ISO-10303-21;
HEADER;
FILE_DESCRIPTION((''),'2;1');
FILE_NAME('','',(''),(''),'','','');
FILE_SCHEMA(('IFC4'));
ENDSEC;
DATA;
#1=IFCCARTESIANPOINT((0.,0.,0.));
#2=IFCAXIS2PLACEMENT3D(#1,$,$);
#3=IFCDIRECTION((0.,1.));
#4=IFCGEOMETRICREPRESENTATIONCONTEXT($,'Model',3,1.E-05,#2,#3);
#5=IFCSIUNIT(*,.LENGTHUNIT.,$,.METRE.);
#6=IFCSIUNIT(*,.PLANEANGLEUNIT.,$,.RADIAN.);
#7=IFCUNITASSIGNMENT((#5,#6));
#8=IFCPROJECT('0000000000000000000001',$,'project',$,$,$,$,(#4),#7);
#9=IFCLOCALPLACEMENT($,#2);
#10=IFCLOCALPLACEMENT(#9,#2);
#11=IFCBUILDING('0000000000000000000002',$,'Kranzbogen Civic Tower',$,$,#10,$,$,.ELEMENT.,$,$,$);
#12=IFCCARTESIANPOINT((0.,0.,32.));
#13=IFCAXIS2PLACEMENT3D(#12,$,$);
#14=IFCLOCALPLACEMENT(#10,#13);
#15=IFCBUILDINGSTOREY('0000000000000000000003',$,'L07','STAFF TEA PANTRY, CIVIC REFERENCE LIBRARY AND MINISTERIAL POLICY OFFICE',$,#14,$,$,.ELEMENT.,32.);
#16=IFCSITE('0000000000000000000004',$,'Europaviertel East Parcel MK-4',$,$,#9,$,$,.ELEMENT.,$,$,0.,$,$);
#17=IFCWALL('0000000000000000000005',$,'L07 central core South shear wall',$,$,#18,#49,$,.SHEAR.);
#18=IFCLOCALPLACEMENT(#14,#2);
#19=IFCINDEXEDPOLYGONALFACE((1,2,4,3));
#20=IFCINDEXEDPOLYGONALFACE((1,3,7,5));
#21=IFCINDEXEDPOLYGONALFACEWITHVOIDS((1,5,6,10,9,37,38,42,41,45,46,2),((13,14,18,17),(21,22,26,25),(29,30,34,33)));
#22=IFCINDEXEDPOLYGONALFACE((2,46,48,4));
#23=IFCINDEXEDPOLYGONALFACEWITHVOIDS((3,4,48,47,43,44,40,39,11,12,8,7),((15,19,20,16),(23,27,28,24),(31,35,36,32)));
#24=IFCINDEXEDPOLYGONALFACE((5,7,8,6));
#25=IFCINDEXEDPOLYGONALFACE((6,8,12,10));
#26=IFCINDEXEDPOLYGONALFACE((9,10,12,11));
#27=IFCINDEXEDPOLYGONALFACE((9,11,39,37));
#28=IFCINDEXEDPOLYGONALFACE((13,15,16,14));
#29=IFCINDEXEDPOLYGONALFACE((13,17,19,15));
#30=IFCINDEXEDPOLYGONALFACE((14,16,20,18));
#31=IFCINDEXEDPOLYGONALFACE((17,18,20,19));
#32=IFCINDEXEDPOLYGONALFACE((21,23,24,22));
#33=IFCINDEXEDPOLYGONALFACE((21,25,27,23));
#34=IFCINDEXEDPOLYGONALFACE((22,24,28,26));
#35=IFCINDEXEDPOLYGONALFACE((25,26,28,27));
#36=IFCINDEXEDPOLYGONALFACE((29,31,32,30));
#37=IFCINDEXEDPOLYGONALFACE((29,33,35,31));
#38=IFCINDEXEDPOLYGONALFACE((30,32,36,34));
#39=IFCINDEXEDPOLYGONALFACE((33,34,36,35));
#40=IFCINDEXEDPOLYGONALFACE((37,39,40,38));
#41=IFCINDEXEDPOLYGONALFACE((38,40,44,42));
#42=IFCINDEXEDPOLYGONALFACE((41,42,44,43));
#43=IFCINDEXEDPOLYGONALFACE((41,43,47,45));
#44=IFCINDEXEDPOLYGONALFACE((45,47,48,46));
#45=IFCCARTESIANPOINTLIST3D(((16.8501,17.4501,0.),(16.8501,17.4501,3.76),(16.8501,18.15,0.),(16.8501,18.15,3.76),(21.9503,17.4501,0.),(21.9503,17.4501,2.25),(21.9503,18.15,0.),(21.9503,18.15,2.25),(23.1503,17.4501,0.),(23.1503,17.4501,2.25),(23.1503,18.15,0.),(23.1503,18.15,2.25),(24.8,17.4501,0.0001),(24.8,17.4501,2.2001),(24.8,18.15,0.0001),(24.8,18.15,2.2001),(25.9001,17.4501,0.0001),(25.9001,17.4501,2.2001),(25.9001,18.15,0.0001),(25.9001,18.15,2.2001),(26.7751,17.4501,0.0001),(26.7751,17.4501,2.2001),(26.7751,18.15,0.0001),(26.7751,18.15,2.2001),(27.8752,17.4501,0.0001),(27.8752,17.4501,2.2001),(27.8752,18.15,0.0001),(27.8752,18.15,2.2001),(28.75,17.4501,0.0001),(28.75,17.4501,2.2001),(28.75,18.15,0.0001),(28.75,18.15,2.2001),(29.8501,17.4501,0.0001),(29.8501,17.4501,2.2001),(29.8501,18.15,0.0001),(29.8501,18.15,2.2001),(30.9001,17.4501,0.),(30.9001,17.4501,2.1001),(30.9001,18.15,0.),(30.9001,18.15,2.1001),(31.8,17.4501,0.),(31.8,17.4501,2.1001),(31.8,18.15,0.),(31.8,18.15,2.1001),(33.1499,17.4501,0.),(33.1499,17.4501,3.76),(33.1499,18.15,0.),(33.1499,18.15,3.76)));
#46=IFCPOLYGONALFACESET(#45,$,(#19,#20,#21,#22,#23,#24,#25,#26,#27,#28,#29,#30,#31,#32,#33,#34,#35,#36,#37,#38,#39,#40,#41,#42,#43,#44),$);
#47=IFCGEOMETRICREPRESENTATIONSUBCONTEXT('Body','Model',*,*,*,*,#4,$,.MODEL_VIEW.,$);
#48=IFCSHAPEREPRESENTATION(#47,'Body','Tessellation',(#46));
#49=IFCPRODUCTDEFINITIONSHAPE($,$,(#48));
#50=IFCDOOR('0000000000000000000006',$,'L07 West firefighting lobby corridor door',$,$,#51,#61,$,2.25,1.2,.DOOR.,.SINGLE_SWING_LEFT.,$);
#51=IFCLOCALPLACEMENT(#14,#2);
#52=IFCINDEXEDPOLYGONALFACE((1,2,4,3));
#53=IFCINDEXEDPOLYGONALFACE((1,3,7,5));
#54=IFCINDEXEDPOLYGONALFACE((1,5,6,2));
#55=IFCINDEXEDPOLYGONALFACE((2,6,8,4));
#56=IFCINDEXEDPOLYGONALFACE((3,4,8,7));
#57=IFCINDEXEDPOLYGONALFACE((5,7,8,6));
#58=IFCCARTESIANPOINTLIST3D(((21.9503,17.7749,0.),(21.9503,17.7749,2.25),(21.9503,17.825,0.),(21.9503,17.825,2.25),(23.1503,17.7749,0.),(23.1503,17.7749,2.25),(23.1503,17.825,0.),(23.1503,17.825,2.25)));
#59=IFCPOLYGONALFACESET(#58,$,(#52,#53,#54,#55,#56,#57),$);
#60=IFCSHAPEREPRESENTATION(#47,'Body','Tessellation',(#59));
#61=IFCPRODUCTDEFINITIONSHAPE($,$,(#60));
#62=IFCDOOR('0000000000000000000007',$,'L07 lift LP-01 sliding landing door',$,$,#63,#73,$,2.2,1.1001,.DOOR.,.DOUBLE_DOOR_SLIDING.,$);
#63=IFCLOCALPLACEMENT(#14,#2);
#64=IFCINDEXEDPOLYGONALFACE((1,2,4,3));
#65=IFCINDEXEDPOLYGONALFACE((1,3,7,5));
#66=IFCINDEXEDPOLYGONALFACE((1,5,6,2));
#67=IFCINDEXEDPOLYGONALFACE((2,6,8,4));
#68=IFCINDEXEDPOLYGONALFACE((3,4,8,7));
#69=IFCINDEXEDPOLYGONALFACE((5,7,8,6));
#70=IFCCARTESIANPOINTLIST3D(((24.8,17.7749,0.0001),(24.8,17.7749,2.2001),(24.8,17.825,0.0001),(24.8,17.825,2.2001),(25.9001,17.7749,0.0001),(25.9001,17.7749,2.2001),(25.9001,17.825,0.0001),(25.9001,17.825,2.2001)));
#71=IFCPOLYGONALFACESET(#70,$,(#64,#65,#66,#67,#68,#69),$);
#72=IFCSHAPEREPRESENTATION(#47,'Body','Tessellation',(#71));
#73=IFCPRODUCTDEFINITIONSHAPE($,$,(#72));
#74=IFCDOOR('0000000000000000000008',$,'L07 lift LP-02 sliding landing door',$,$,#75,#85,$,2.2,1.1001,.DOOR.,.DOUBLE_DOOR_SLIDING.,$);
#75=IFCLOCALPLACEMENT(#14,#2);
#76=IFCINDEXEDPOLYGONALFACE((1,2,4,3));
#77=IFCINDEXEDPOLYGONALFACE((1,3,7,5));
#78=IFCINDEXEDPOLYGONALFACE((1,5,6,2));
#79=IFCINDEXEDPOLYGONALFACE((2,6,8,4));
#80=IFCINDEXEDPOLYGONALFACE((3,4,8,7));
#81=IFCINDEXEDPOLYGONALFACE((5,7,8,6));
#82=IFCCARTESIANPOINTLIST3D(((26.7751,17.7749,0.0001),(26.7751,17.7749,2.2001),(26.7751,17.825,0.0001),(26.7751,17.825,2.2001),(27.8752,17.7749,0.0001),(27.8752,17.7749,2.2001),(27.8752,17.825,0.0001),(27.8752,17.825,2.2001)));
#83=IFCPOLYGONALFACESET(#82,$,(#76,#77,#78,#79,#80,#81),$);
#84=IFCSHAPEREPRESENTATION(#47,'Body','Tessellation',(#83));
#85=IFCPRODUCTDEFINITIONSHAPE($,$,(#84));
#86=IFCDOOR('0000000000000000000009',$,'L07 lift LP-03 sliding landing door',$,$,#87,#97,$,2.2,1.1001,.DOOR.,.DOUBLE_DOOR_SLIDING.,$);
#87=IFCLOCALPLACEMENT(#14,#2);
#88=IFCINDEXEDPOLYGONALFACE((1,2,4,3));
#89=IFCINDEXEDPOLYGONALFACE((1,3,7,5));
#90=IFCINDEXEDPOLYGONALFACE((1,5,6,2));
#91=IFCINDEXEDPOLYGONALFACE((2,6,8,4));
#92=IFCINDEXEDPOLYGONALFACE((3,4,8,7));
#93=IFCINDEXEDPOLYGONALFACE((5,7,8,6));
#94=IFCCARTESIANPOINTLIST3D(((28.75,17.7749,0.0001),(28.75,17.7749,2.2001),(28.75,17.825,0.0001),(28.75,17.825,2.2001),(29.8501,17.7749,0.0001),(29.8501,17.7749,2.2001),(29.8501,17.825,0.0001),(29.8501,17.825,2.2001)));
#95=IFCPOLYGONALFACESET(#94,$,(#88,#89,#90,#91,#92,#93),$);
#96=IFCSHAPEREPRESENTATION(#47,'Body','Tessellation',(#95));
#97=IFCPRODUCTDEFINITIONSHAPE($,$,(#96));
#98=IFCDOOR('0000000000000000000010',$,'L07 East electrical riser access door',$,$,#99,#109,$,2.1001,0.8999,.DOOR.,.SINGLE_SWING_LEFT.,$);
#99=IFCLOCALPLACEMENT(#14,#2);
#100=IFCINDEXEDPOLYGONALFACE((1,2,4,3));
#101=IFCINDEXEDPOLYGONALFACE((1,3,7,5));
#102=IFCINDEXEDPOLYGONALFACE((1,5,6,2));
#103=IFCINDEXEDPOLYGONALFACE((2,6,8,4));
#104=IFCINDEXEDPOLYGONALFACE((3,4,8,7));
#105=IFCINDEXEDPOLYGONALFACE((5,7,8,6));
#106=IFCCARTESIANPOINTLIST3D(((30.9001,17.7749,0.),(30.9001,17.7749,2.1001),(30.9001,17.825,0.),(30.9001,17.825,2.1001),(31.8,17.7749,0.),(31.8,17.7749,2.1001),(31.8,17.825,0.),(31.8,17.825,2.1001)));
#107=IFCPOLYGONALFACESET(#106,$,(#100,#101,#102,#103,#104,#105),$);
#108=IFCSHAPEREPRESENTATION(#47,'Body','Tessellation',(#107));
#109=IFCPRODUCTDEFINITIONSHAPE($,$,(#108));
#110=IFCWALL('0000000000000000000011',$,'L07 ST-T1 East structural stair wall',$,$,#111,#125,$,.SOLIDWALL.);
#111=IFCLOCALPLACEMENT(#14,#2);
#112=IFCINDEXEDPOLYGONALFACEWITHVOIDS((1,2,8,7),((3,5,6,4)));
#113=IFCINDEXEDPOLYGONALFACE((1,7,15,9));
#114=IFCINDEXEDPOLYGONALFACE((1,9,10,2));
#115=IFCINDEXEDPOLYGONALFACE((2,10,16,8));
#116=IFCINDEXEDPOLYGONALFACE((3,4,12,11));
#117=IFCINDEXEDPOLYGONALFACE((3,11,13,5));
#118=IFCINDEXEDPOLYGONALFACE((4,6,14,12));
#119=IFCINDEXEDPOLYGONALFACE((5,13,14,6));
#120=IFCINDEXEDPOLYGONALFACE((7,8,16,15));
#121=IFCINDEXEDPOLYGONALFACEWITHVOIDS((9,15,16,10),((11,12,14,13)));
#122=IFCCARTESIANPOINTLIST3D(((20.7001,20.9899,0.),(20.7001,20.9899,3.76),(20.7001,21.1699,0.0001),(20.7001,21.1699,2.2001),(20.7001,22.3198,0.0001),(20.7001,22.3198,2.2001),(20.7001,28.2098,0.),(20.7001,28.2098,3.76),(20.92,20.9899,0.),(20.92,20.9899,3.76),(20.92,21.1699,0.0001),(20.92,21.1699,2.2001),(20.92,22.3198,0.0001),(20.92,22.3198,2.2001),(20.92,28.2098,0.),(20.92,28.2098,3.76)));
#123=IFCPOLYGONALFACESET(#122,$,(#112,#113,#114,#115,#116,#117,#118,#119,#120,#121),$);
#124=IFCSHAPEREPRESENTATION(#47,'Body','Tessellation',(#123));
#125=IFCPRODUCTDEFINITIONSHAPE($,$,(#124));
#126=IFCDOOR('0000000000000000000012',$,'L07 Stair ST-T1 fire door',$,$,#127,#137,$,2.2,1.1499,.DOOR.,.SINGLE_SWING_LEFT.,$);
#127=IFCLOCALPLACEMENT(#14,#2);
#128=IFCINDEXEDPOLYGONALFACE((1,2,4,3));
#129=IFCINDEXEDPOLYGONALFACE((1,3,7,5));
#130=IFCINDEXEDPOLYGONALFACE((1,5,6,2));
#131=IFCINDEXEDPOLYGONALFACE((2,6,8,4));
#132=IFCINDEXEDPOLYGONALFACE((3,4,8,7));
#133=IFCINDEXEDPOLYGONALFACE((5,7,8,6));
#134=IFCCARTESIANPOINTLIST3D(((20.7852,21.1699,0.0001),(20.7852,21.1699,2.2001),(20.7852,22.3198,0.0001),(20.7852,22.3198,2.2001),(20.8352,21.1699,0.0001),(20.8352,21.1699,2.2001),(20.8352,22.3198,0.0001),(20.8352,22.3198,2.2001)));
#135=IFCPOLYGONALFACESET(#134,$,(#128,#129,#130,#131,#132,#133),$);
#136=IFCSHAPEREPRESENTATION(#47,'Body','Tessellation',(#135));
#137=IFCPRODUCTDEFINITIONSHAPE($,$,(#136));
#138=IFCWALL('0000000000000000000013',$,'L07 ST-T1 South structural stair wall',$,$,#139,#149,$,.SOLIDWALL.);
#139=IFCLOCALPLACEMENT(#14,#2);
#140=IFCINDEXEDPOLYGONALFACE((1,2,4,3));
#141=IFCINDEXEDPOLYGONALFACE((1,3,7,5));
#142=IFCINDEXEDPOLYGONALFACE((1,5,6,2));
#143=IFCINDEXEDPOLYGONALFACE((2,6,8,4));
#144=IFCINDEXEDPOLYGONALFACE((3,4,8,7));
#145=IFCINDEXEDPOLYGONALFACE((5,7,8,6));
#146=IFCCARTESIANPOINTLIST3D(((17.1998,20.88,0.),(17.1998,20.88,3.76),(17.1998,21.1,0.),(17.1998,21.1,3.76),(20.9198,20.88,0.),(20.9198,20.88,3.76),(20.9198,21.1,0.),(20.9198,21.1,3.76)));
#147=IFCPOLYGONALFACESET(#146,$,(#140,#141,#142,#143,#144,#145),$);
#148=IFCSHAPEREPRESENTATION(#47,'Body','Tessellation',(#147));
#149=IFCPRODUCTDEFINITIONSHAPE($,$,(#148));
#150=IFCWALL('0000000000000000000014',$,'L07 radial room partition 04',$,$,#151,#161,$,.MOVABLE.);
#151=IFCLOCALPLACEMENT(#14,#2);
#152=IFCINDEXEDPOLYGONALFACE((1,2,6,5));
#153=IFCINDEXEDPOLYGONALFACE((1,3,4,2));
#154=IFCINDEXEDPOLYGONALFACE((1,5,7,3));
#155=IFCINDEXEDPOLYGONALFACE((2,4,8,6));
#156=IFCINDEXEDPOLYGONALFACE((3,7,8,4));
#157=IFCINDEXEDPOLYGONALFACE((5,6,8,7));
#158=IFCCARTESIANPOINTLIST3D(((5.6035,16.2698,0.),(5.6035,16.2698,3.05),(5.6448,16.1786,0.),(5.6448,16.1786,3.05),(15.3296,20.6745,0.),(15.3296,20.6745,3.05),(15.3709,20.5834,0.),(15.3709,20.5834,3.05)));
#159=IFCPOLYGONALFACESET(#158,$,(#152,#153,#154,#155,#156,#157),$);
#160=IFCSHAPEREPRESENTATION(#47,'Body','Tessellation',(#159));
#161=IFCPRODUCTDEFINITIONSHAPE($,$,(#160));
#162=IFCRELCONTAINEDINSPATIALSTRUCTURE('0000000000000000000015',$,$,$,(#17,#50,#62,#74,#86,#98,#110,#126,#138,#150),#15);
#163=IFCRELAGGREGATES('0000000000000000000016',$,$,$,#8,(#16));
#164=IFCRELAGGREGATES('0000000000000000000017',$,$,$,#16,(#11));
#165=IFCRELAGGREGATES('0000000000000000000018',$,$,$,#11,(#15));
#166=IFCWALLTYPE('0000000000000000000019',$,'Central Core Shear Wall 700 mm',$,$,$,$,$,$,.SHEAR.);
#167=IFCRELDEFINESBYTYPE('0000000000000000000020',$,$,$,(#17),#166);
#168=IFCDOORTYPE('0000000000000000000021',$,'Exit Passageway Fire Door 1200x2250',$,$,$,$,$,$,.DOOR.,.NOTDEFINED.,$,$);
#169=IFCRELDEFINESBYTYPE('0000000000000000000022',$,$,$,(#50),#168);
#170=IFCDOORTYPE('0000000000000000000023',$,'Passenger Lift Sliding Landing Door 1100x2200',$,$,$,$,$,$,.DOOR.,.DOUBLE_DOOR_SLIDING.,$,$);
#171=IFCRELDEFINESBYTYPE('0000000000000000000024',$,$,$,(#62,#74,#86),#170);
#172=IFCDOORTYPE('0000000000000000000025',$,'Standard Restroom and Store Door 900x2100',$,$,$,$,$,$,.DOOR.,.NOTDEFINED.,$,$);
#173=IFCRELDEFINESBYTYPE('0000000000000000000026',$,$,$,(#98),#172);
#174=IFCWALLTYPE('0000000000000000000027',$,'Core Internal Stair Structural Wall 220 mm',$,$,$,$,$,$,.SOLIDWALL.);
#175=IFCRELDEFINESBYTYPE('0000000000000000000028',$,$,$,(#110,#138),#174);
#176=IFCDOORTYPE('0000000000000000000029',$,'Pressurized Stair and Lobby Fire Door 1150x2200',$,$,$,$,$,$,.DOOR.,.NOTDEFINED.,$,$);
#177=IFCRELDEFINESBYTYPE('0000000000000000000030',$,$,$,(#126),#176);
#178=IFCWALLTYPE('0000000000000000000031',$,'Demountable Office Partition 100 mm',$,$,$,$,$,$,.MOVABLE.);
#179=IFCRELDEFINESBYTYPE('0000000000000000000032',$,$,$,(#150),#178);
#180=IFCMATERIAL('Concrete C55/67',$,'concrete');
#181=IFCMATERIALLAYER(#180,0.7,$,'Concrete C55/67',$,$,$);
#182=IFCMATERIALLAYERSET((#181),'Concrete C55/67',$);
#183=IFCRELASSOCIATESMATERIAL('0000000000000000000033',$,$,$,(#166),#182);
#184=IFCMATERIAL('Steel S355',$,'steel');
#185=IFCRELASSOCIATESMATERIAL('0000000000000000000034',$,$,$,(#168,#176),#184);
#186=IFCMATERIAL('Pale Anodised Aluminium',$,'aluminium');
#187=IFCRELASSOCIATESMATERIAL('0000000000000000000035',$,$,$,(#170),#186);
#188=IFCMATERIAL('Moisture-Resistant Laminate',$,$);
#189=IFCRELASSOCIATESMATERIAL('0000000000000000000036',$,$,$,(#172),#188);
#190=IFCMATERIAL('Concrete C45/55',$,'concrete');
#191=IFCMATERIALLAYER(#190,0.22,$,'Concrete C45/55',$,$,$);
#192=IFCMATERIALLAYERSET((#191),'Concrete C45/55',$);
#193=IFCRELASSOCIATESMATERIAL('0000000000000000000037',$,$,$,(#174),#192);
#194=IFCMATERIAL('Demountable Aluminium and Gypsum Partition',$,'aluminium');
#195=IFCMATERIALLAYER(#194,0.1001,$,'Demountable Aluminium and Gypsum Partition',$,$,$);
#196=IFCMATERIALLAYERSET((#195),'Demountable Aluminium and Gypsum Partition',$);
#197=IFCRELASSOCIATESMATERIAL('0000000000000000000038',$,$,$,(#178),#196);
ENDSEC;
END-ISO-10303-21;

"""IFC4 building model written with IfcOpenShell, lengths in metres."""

from ifc_helpers import new_model, si_unit, direction, frame, frame_2d, origin, place, context, subcontext, project, spatial, rectangle, extrude, material, layer, layer_set, type_object, element, fill, save


model = new_model("IFC4")

# Units and contexts
model_context = context("Model", 3, precision=1e-05, world=origin(), true_north=direction((0.0, 1.0)))
body_context = subcontext(model_context, "Body", "Model", "MODEL_VIEW")
ifc_project = project(units=[si_unit("LENGTHUNIT", "METRE"), si_unit("PLANEANGLEUNIT", "RADIAN")], contexts=[model_context])

# Site, building, storey
site_placement = place(None, origin())
site = spatial("IfcSite", under=ifc_project, at=site_placement, Name="Europaviertel East Parcel MK-4", CompositionType="ELEMENT", RefElevation=0.0)
building_placement = place(site_placement, origin())
building = spatial("IfcBuilding", under=site, at=building_placement, Name="Kranzbogen Civic Tower", CompositionType="ELEMENT")
storey_placement = place(building_placement, frame((0.0, 0.0, 32.0)))
storey = spatial("IfcBuildingStorey", under=building, at=storey_placement, Name="L07", Description="STAFF TEA PANTRY, CIVIC REFERENCE LIBRARY AND MINISTERIAL POLICY OFFICE", CompositionType="ELEMENT", Elevation=32.0)

# Shared definitions
ifc_material_1 = material(Name="Steel S355", Category="steel")

# Wall, openings, doors
ifc_material_2 = material(Name="Concrete C55/67", Category="concrete")
ifc_layer_1 = layer(ifc_material_2, 0.7, Name="Concrete C55/67")
ifc_layer_set_1 = layer_set([ifc_layer_1], Name="Concrete C55/67")
wall_type_1 = type_object("IfcWallType", Name="Central Core Shear Wall 700 mm", PredefinedType="SHEAR", material=ifc_layer_set_1)
wall_1_placement = place(storey_placement, frame((16.8501, 17.8, 0.0), z_axis=(0.0, 0.0, 1.0), x_axis=(1.0, 0.0, 0.0)))
wall_1 = element("IfcWall", 1, at=wall_1_placement, inside=storey, type_object=wall_type_1, Name="L07 central core South shear wall", PredefinedType="SHEAR", context=body_context, shape_type="SweptSolid", body=[
    extrude(rectangle(XDim=16.2998, YDim=0.7, at=frame_2d((8.1499, 0.0))), origin(), (0.0, 0.0, 1.0), 3.76),
])
opening_1_placement = place(wall_1_placement, frame((5.1001, 0.0, 0.0)))
opening_1 = element("IfcOpeningElement", 2, at=opening_1_placement, cuts=wall_1, PredefinedType="OPENING", context=body_context, shape_type="SweptSolid", body=[
    extrude(rectangle(XDim=1.2, YDim=2.25, at=frame_2d((0.6001, 1.125))), frame((0.0, 0.3599, 0.0), z_axis=(0.0, -1.0, 0.0), x_axis=(1.0, 0.0, 0.0)), (0.0, 0.0, 1.0), 0.72),
])
opening_2_placement = place(wall_1_placement, frame((14.05, 0.0, 0.0)))
opening_2 = element("IfcOpeningElement", 3, at=opening_2_placement, cuts=wall_1, PredefinedType="OPENING", context=body_context, shape_type="SweptSolid", body=[
    extrude(rectangle(XDim=0.8999, YDim=2.1001, at=frame_2d((0.45, 1.05))), frame((0.0, 0.3599, 0.0), z_axis=(0.0, -1.0, 0.0), x_axis=(1.0, 0.0, 0.0)), (0.0, 0.0, 1.0), 0.72),
])
opening_3_placement = place(wall_1_placement, frame((7.95, 0.0, 0.0)))
opening_3 = element("IfcOpeningElement", 4, at=opening_3_placement, cuts=wall_1, PredefinedType="OPENING", context=body_context, shape_type="SweptSolid", body=[
    extrude(rectangle(XDim=1.1001, YDim=2.2, at=frame_2d((0.55, 1.1001))), frame((0.0, 0.3599, 0.0), z_axis=(0.0, -1.0, 0.0), x_axis=(1.0, 0.0, 0.0)), (0.0, 0.0, 1.0), 0.72),
])
opening_4_placement = place(wall_1_placement, frame((9.925, 0.0, 0.0)))
opening_4 = element("IfcOpeningElement", 5, at=opening_4_placement, cuts=wall_1, PredefinedType="OPENING", context=body_context, shape_type="SweptSolid", body=[
    extrude(rectangle(XDim=1.1001, YDim=2.2, at=frame_2d((0.55, 1.1001))), frame((0.0, 0.3599, 0.0), z_axis=(0.0, -1.0, 0.0), x_axis=(1.0, 0.0, 0.0)), (0.0, 0.0, 1.0), 0.72),
])
opening_5_placement = place(wall_1_placement, frame((11.8999, 0.0, 0.0)))
opening_5 = element("IfcOpeningElement", 6, at=opening_5_placement, cuts=wall_1, PredefinedType="OPENING", context=body_context, shape_type="SweptSolid", body=[
    extrude(rectangle(XDim=1.1001, YDim=2.2, at=frame_2d((0.55, 1.1001))), frame((0.0, 0.3599, 0.0), z_axis=(0.0, -1.0, 0.0), x_axis=(1.0, 0.0, 0.0)), (0.0, 0.0, 1.0), 0.72),
])
door_type_1 = type_object("IfcDoorType", Name="Exit Passageway Fire Door 1200x2250", OperationType="NOTDEFINED", PredefinedType="DOOR", material=ifc_material_1)
door_1_placement = place(opening_1_placement, origin())
door_1 = element("IfcDoor", 7, at=door_1_placement, inside=storey, type_object=door_type_1, Name="L07 West firefighting lobby corridor door", OperationType="SINGLE_SWING_LEFT", OverallHeight=2.25, OverallWidth=1.2, PredefinedType="DOOR", context=body_context, shape_type="SweptSolid", body=[
    extrude(rectangle(XDim=1.2, YDim=2.25, at=frame_2d((0.6001, 1.125))), frame((0.0, 0.0249, 0.0), z_axis=(0.0, -1.0, 0.0), x_axis=(1.0, 0.0, 0.0)), (0.0, 0.0, 1.0), 0.05),
])
fill(opening_1, door_1)
ifc_material_3 = material(Name="Pale Anodised Aluminium", Category="aluminium")
door_type_2 = type_object("IfcDoorType", Name="Passenger Lift Sliding Landing Door 1100x2200", OperationType="DOUBLE_DOOR_SLIDING", PredefinedType="DOOR", material=ifc_material_3)
door_2_placement = place(opening_3_placement, origin())
door_2 = element("IfcDoor", 8, at=door_2_placement, inside=storey, type_object=door_type_2, Name="L07 lift LP-01 sliding landing door", OperationType="DOUBLE_DOOR_SLIDING", OverallHeight=2.2, OverallWidth=1.1001, PredefinedType="DOOR", context=body_context, shape_type="SweptSolid", body=[
    extrude(rectangle(XDim=1.1001, YDim=2.2, at=frame_2d((0.55, 1.1001))), frame((0.0, 0.0249, 0.0), z_axis=(0.0, -1.0, 0.0), x_axis=(1.0, 0.0, 0.0)), (0.0, 0.0, 1.0), 0.05),
])
fill(opening_3, door_2)
door_3_placement = place(opening_4_placement, origin())
door_3 = element("IfcDoor", 9, at=door_3_placement, inside=storey, type_object=door_type_2, Name="L07 lift LP-02 sliding landing door", OperationType="DOUBLE_DOOR_SLIDING", OverallHeight=2.2, OverallWidth=1.1001, PredefinedType="DOOR", context=body_context, shape_type="SweptSolid", body=[
    extrude(rectangle(XDim=1.1001, YDim=2.2, at=frame_2d((0.55, 1.1001))), frame((0.0, 0.0249, 0.0), z_axis=(0.0, -1.0, 0.0), x_axis=(1.0, 0.0, 0.0)), (0.0, 0.0, 1.0), 0.05),
])
fill(opening_4, door_3)
door_4_placement = place(opening_5_placement, origin())
door_4 = element("IfcDoor", 10, at=door_4_placement, inside=storey, type_object=door_type_2, Name="L07 lift LP-03 sliding landing door", OperationType="DOUBLE_DOOR_SLIDING", OverallHeight=2.2, OverallWidth=1.1001, PredefinedType="DOOR", context=body_context, shape_type="SweptSolid", body=[
    extrude(rectangle(XDim=1.1001, YDim=2.2, at=frame_2d((0.55, 1.1001))), frame((0.0, 0.0249, 0.0), z_axis=(0.0, -1.0, 0.0), x_axis=(1.0, 0.0, 0.0)), (0.0, 0.0, 1.0), 0.05),
])
fill(opening_5, door_4)
ifc_material_4 = material(Name="Moisture-Resistant Laminate")
door_type_3 = type_object("IfcDoorType", Name="Standard Restroom and Store Door 900x2100", OperationType="NOTDEFINED", PredefinedType="DOOR", material=ifc_material_4)
door_5_placement = place(opening_2_placement, origin())
door_5 = element("IfcDoor", 11, at=door_5_placement, inside=storey, type_object=door_type_3, Name="L07 East electrical riser access door", OperationType="SINGLE_SWING_LEFT", OverallHeight=2.1001, OverallWidth=0.8999, PredefinedType="DOOR", context=body_context, shape_type="SweptSolid", body=[
    extrude(rectangle(XDim=0.8999, YDim=2.1001, at=frame_2d((0.45, 1.05))), frame((0.0, 0.0249, 0.0), z_axis=(0.0, -1.0, 0.0), x_axis=(1.0, 0.0, 0.0)), (0.0, 0.0, 1.0), 0.05),
])
fill(opening_2, door_5)

# Wall, opening, door
ifc_material_5 = material(Name="Concrete C45/55", Category="concrete")
ifc_layer_2 = layer(ifc_material_5, 0.22, Name="Concrete C45/55")
ifc_layer_set_2 = layer_set([ifc_layer_2], Name="Concrete C45/55")
wall_type_2 = type_object("IfcWallType", Name="Core Internal Stair Structural Wall 220 mm", PredefinedType="SOLIDWALL", material=ifc_layer_set_2)
wall_2_placement = place(storey_placement, frame((20.8101, 20.99, 0.0), z_axis=(0.0, 0.0, 1.0), x_axis=(0.0, 1.0, 0.0)))
wall_2 = element("IfcWall", 12, at=wall_2_placement, inside=storey, type_object=wall_type_2, Name="L07 ST-T1 East structural stair wall", PredefinedType="SOLIDWALL", context=body_context, shape_type="SweptSolid", body=[
    extrude(rectangle(XDim=7.22, YDim=0.22, at=frame_2d((3.6099, 0.0))), origin(), (0.0, 0.0, 1.0), 3.76),
])
opening_6_placement = place(wall_2_placement, frame((0.1799, 0.0, 0.0)))
opening_6 = element("IfcOpeningElement", 13, at=opening_6_placement, cuts=wall_2, PredefinedType="OPENING", context=body_context, shape_type="SweptSolid", body=[
    extrude(rectangle(XDim=1.1499, YDim=2.2, at=frame_2d((0.575, 1.1001))), frame((0.0, 0.1201, 0.0), z_axis=(0.0, -1.0, 0.0), x_axis=(1.0, 0.0, 0.0)), (0.0, 0.0, 1.0), 0.24),
])
door_type_4 = type_object("IfcDoorType", Name="Pressurized Stair and Lobby Fire Door 1150x2200", OperationType="NOTDEFINED", PredefinedType="DOOR", material=ifc_material_1)
door_6_placement = place(opening_6_placement, origin())
door_6 = element("IfcDoor", 14, at=door_6_placement, inside=storey, type_object=door_type_4, Name="L07 Stair ST-T1 fire door", OperationType="SINGLE_SWING_LEFT", OverallHeight=2.2, OverallWidth=1.1499, PredefinedType="DOOR", context=body_context, shape_type="SweptSolid", body=[
    extrude(rectangle(XDim=1.1499, YDim=2.2, at=frame_2d((0.575, 1.1001))), frame((0.0, 0.0249, 0.0), z_axis=(0.0, -1.0, 0.0), x_axis=(1.0, 0.0, 0.0)), (0.0, 0.0, 1.0), 0.05),
])
fill(opening_6, door_6)

# Walls
wall_3_placement = place(storey_placement, frame((17.2, 20.99, 0.0), z_axis=(0.0, 0.0, 1.0), x_axis=(1.0, 0.0, 0.0)))
element("IfcWall", 15, at=wall_3_placement, inside=storey, type_object=wall_type_2, Name="L07 ST-T1 South structural stair wall", PredefinedType="SOLIDWALL", context=body_context, shape_type="SweptSolid", body=[
    extrude(rectangle(XDim=3.72, YDim=0.22, at=frame_2d((1.8599, 0.0))), origin(), (0.0, 0.0, 1.0), 3.76),
])
ifc_material_6 = material(Name="Demountable Aluminium and Gypsum Partition", Category="aluminium")
ifc_layer_3 = layer(ifc_material_6, 0.1001, Name="Demountable Aluminium and Gypsum Partition")
ifc_layer_set_3 = layer_set([ifc_layer_3], Name="Demountable Aluminium and Gypsum Partition")
wall_type_3 = type_object("IfcWallType", Name="Demountable Office Partition 100 mm", PredefinedType="MOVABLE", material=ifc_layer_set_3)
wall_4_placement = place(storey_placement, frame((15.3501, 20.6289, 0.0), z_axis=(0.0, 0.0, 1.0), x_axis=(-0.910936, -0.412548, 0.0)))
element("IfcWall", 16, at=wall_4_placement, inside=storey, type_object=wall_type_3, Name="L07 radial room partition 04", PredefinedType="MOVABLE", context=body_context, shape_type="SweptSolid", body=[
    extrude(rectangle(XDim=10.677, YDim=0.1001, at=frame_2d((5.3384, 0.0))), origin(), (0.0, 0.0, 1.0), 3.05),
])

save(model, "model.ifc")
